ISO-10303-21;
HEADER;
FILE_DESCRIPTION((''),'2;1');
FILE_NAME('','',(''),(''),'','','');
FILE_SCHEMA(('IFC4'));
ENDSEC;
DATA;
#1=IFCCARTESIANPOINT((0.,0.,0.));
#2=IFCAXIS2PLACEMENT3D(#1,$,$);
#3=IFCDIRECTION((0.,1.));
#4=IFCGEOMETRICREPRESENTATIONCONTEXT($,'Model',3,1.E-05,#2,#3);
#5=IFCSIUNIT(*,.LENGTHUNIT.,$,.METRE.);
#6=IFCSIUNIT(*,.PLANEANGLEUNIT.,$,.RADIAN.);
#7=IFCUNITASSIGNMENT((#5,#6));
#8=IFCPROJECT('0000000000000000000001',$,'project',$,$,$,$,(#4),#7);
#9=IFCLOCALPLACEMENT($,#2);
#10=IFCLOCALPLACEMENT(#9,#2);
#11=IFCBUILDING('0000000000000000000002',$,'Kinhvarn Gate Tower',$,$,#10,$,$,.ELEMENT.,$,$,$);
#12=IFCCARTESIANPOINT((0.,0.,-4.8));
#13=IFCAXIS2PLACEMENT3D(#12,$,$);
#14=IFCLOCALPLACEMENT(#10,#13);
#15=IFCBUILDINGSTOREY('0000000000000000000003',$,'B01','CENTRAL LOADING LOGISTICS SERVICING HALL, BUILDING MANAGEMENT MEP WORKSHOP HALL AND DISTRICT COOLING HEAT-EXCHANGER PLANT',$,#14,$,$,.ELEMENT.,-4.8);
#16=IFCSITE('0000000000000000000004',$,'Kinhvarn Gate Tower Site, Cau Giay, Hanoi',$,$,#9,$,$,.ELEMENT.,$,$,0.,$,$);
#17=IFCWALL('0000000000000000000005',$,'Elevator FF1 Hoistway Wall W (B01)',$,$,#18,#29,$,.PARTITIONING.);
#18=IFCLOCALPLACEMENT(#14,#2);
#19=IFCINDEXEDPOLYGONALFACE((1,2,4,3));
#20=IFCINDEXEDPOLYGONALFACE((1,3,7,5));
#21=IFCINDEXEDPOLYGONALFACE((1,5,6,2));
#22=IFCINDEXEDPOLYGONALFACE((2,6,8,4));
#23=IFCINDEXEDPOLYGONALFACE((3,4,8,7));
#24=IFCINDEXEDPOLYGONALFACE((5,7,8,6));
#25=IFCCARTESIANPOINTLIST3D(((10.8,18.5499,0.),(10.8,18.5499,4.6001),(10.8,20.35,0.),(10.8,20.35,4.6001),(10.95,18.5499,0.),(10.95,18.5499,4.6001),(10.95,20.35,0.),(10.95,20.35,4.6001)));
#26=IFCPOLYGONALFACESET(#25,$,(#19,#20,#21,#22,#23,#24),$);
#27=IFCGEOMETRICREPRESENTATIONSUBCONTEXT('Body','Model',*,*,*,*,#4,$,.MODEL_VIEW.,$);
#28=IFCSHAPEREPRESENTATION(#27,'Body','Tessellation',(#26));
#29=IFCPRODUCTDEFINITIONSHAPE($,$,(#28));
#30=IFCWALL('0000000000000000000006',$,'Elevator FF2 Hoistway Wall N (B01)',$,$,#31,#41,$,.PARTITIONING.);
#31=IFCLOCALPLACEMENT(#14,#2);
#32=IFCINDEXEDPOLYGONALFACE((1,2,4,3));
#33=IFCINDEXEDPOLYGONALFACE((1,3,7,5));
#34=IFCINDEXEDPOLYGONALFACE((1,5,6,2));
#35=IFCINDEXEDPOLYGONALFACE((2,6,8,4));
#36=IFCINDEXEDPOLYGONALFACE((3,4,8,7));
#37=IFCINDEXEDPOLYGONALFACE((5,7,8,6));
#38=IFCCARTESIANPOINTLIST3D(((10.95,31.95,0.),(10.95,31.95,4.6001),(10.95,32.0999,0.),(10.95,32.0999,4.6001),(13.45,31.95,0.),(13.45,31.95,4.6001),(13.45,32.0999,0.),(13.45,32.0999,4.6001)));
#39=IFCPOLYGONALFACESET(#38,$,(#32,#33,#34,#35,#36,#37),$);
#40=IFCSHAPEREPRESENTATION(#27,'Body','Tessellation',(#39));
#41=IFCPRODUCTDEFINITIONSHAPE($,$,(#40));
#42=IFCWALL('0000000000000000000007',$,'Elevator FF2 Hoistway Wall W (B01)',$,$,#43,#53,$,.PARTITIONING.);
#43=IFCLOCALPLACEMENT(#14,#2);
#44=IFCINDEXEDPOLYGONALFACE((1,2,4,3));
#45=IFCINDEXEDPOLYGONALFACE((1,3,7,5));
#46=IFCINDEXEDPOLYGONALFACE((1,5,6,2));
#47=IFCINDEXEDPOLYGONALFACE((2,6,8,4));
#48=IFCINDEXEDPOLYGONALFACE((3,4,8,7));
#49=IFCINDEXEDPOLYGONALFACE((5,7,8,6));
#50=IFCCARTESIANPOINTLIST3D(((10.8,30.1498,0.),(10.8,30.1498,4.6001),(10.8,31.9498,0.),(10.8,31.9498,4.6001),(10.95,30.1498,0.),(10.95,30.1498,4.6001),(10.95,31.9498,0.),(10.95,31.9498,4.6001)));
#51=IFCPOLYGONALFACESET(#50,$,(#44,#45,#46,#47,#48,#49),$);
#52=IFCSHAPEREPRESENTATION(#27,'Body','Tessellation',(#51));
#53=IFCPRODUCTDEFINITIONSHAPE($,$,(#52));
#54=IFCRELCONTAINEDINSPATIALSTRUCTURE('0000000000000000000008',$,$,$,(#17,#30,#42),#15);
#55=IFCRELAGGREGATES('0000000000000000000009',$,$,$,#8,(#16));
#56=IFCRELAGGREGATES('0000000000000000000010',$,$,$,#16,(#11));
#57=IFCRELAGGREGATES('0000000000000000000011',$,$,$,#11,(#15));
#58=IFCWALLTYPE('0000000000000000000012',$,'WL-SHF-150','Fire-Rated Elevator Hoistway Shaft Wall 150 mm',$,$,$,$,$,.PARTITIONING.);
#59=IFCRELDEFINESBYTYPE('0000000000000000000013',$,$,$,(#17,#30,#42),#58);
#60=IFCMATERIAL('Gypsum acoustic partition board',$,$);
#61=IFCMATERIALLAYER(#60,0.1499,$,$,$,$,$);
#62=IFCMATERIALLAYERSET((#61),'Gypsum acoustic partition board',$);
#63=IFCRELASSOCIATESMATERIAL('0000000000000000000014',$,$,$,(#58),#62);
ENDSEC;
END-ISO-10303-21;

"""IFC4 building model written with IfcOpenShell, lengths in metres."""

from ifc_helpers import new_model, si_unit, direction, frame, frame_2d, origin, place, context, subcontext, project, spatial, rectangle, extrude, material, layer, layer_set, type_object, element, save


model = new_model("IFC4")

# Units and contexts
model_context = context("Model", 3, precision=1e-05, world=origin(), true_north=direction((0.0, 1.0)))
body_context = subcontext(model_context, "Body", "Model", "MODEL_VIEW")
ifc_project = project(units=[si_unit("LENGTHUNIT", "METRE"), si_unit("PLANEANGLEUNIT", "RADIAN")], contexts=[model_context])

# Site, building, storey
site_placement = place(None, origin())
site = spatial("IfcSite", under=ifc_project, at=site_placement, Name="Kinhvarn Gate Tower Site, Cau Giay, Hanoi", CompositionType="ELEMENT", RefElevation=0.0)
building_placement = place(site_placement, origin())
building = spatial("IfcBuilding", under=site, at=building_placement, Name="Kinhvarn Gate Tower", CompositionType="ELEMENT")
storey_placement = place(building_placement, frame((0.0, 0.0, -4.8)))
storey = spatial("IfcBuildingStorey", under=building, at=storey_placement, Name="B01", Description="CENTRAL LOADING LOGISTICS SERVICING HALL, BUILDING MANAGEMENT MEP WORKSHOP HALL AND DISTRICT COOLING HEAT-EXCHANGER PLANT", CompositionType="ELEMENT", Elevation=-4.8)

# Walls
ifc_material_1 = material(Name="Gypsum acoustic partition board")
ifc_layer_1 = layer(ifc_material_1, 0.1499)
ifc_layer_set_1 = layer_set([ifc_layer_1], Name="Gypsum acoustic partition board")
wall_type_1 = type_object("IfcWallType", Name="WL-SHF-150", Description="Fire-Rated Elevator Hoistway Shaft Wall 150 mm", PredefinedType="PARTITIONING", material=ifc_layer_set_1)
wall_1_placement = place(storey_placement, frame((10.875, 18.55, 0.0), z_axis=(0.0, 0.0, 1.0), x_axis=(0.0, 1.0, 0.0)))
element("IfcWall", 1, at=wall_1_placement, inside=storey, type_object=wall_type_1, Name="Elevator FF1 Hoistway Wall W (B01)", PredefinedType="PARTITIONING", context=body_context, shape_type="SweptSolid", body=[
    extrude(rectangle(XDim=1.8, YDim=0.1499, at=frame_2d((0.8999, 0.0))), origin(), (0.0, 0.0, 1.0), 4.6001),
])
wall_2_placement = place(storey_placement, frame((10.95, 32.0249, 0.0), z_axis=(0.0, 0.0, 1.0), x_axis=(1.0, 0.0, 0.0)))
element("IfcWall", 2, at=wall_2_placement, inside=storey, type_object=wall_type_1, Name="Elevator FF2 Hoistway Wall N (B01)", PredefinedType="PARTITIONING", context=body_context, shape_type="SweptSolid", body=[
    extrude(rectangle(XDim=2.5, YDim=0.1499, at=frame_2d((1.25, 0.0))), origin(), (0.0, 0.0, 1.0), 4.6001),
])
wall_3_placement = place(storey_placement, frame((10.875, 30.1499, 0.0), z_axis=(0.0, 0.0, 1.0), x_axis=(0.0, 1.0, 0.0)))
element("IfcWall", 3, at=wall_3_placement, inside=storey, type_object=wall_type_1, Name="Elevator FF2 Hoistway Wall W (B01)", PredefinedType="PARTITIONING", context=body_context, shape_type="SweptSolid", body=[
    extrude(rectangle(XDim=1.8, YDim=0.1499, at=frame_2d((0.8999, 0.0))), origin(), (0.0, 0.0, 1.0), 4.6001),
])

save(model, "model.ifc")
